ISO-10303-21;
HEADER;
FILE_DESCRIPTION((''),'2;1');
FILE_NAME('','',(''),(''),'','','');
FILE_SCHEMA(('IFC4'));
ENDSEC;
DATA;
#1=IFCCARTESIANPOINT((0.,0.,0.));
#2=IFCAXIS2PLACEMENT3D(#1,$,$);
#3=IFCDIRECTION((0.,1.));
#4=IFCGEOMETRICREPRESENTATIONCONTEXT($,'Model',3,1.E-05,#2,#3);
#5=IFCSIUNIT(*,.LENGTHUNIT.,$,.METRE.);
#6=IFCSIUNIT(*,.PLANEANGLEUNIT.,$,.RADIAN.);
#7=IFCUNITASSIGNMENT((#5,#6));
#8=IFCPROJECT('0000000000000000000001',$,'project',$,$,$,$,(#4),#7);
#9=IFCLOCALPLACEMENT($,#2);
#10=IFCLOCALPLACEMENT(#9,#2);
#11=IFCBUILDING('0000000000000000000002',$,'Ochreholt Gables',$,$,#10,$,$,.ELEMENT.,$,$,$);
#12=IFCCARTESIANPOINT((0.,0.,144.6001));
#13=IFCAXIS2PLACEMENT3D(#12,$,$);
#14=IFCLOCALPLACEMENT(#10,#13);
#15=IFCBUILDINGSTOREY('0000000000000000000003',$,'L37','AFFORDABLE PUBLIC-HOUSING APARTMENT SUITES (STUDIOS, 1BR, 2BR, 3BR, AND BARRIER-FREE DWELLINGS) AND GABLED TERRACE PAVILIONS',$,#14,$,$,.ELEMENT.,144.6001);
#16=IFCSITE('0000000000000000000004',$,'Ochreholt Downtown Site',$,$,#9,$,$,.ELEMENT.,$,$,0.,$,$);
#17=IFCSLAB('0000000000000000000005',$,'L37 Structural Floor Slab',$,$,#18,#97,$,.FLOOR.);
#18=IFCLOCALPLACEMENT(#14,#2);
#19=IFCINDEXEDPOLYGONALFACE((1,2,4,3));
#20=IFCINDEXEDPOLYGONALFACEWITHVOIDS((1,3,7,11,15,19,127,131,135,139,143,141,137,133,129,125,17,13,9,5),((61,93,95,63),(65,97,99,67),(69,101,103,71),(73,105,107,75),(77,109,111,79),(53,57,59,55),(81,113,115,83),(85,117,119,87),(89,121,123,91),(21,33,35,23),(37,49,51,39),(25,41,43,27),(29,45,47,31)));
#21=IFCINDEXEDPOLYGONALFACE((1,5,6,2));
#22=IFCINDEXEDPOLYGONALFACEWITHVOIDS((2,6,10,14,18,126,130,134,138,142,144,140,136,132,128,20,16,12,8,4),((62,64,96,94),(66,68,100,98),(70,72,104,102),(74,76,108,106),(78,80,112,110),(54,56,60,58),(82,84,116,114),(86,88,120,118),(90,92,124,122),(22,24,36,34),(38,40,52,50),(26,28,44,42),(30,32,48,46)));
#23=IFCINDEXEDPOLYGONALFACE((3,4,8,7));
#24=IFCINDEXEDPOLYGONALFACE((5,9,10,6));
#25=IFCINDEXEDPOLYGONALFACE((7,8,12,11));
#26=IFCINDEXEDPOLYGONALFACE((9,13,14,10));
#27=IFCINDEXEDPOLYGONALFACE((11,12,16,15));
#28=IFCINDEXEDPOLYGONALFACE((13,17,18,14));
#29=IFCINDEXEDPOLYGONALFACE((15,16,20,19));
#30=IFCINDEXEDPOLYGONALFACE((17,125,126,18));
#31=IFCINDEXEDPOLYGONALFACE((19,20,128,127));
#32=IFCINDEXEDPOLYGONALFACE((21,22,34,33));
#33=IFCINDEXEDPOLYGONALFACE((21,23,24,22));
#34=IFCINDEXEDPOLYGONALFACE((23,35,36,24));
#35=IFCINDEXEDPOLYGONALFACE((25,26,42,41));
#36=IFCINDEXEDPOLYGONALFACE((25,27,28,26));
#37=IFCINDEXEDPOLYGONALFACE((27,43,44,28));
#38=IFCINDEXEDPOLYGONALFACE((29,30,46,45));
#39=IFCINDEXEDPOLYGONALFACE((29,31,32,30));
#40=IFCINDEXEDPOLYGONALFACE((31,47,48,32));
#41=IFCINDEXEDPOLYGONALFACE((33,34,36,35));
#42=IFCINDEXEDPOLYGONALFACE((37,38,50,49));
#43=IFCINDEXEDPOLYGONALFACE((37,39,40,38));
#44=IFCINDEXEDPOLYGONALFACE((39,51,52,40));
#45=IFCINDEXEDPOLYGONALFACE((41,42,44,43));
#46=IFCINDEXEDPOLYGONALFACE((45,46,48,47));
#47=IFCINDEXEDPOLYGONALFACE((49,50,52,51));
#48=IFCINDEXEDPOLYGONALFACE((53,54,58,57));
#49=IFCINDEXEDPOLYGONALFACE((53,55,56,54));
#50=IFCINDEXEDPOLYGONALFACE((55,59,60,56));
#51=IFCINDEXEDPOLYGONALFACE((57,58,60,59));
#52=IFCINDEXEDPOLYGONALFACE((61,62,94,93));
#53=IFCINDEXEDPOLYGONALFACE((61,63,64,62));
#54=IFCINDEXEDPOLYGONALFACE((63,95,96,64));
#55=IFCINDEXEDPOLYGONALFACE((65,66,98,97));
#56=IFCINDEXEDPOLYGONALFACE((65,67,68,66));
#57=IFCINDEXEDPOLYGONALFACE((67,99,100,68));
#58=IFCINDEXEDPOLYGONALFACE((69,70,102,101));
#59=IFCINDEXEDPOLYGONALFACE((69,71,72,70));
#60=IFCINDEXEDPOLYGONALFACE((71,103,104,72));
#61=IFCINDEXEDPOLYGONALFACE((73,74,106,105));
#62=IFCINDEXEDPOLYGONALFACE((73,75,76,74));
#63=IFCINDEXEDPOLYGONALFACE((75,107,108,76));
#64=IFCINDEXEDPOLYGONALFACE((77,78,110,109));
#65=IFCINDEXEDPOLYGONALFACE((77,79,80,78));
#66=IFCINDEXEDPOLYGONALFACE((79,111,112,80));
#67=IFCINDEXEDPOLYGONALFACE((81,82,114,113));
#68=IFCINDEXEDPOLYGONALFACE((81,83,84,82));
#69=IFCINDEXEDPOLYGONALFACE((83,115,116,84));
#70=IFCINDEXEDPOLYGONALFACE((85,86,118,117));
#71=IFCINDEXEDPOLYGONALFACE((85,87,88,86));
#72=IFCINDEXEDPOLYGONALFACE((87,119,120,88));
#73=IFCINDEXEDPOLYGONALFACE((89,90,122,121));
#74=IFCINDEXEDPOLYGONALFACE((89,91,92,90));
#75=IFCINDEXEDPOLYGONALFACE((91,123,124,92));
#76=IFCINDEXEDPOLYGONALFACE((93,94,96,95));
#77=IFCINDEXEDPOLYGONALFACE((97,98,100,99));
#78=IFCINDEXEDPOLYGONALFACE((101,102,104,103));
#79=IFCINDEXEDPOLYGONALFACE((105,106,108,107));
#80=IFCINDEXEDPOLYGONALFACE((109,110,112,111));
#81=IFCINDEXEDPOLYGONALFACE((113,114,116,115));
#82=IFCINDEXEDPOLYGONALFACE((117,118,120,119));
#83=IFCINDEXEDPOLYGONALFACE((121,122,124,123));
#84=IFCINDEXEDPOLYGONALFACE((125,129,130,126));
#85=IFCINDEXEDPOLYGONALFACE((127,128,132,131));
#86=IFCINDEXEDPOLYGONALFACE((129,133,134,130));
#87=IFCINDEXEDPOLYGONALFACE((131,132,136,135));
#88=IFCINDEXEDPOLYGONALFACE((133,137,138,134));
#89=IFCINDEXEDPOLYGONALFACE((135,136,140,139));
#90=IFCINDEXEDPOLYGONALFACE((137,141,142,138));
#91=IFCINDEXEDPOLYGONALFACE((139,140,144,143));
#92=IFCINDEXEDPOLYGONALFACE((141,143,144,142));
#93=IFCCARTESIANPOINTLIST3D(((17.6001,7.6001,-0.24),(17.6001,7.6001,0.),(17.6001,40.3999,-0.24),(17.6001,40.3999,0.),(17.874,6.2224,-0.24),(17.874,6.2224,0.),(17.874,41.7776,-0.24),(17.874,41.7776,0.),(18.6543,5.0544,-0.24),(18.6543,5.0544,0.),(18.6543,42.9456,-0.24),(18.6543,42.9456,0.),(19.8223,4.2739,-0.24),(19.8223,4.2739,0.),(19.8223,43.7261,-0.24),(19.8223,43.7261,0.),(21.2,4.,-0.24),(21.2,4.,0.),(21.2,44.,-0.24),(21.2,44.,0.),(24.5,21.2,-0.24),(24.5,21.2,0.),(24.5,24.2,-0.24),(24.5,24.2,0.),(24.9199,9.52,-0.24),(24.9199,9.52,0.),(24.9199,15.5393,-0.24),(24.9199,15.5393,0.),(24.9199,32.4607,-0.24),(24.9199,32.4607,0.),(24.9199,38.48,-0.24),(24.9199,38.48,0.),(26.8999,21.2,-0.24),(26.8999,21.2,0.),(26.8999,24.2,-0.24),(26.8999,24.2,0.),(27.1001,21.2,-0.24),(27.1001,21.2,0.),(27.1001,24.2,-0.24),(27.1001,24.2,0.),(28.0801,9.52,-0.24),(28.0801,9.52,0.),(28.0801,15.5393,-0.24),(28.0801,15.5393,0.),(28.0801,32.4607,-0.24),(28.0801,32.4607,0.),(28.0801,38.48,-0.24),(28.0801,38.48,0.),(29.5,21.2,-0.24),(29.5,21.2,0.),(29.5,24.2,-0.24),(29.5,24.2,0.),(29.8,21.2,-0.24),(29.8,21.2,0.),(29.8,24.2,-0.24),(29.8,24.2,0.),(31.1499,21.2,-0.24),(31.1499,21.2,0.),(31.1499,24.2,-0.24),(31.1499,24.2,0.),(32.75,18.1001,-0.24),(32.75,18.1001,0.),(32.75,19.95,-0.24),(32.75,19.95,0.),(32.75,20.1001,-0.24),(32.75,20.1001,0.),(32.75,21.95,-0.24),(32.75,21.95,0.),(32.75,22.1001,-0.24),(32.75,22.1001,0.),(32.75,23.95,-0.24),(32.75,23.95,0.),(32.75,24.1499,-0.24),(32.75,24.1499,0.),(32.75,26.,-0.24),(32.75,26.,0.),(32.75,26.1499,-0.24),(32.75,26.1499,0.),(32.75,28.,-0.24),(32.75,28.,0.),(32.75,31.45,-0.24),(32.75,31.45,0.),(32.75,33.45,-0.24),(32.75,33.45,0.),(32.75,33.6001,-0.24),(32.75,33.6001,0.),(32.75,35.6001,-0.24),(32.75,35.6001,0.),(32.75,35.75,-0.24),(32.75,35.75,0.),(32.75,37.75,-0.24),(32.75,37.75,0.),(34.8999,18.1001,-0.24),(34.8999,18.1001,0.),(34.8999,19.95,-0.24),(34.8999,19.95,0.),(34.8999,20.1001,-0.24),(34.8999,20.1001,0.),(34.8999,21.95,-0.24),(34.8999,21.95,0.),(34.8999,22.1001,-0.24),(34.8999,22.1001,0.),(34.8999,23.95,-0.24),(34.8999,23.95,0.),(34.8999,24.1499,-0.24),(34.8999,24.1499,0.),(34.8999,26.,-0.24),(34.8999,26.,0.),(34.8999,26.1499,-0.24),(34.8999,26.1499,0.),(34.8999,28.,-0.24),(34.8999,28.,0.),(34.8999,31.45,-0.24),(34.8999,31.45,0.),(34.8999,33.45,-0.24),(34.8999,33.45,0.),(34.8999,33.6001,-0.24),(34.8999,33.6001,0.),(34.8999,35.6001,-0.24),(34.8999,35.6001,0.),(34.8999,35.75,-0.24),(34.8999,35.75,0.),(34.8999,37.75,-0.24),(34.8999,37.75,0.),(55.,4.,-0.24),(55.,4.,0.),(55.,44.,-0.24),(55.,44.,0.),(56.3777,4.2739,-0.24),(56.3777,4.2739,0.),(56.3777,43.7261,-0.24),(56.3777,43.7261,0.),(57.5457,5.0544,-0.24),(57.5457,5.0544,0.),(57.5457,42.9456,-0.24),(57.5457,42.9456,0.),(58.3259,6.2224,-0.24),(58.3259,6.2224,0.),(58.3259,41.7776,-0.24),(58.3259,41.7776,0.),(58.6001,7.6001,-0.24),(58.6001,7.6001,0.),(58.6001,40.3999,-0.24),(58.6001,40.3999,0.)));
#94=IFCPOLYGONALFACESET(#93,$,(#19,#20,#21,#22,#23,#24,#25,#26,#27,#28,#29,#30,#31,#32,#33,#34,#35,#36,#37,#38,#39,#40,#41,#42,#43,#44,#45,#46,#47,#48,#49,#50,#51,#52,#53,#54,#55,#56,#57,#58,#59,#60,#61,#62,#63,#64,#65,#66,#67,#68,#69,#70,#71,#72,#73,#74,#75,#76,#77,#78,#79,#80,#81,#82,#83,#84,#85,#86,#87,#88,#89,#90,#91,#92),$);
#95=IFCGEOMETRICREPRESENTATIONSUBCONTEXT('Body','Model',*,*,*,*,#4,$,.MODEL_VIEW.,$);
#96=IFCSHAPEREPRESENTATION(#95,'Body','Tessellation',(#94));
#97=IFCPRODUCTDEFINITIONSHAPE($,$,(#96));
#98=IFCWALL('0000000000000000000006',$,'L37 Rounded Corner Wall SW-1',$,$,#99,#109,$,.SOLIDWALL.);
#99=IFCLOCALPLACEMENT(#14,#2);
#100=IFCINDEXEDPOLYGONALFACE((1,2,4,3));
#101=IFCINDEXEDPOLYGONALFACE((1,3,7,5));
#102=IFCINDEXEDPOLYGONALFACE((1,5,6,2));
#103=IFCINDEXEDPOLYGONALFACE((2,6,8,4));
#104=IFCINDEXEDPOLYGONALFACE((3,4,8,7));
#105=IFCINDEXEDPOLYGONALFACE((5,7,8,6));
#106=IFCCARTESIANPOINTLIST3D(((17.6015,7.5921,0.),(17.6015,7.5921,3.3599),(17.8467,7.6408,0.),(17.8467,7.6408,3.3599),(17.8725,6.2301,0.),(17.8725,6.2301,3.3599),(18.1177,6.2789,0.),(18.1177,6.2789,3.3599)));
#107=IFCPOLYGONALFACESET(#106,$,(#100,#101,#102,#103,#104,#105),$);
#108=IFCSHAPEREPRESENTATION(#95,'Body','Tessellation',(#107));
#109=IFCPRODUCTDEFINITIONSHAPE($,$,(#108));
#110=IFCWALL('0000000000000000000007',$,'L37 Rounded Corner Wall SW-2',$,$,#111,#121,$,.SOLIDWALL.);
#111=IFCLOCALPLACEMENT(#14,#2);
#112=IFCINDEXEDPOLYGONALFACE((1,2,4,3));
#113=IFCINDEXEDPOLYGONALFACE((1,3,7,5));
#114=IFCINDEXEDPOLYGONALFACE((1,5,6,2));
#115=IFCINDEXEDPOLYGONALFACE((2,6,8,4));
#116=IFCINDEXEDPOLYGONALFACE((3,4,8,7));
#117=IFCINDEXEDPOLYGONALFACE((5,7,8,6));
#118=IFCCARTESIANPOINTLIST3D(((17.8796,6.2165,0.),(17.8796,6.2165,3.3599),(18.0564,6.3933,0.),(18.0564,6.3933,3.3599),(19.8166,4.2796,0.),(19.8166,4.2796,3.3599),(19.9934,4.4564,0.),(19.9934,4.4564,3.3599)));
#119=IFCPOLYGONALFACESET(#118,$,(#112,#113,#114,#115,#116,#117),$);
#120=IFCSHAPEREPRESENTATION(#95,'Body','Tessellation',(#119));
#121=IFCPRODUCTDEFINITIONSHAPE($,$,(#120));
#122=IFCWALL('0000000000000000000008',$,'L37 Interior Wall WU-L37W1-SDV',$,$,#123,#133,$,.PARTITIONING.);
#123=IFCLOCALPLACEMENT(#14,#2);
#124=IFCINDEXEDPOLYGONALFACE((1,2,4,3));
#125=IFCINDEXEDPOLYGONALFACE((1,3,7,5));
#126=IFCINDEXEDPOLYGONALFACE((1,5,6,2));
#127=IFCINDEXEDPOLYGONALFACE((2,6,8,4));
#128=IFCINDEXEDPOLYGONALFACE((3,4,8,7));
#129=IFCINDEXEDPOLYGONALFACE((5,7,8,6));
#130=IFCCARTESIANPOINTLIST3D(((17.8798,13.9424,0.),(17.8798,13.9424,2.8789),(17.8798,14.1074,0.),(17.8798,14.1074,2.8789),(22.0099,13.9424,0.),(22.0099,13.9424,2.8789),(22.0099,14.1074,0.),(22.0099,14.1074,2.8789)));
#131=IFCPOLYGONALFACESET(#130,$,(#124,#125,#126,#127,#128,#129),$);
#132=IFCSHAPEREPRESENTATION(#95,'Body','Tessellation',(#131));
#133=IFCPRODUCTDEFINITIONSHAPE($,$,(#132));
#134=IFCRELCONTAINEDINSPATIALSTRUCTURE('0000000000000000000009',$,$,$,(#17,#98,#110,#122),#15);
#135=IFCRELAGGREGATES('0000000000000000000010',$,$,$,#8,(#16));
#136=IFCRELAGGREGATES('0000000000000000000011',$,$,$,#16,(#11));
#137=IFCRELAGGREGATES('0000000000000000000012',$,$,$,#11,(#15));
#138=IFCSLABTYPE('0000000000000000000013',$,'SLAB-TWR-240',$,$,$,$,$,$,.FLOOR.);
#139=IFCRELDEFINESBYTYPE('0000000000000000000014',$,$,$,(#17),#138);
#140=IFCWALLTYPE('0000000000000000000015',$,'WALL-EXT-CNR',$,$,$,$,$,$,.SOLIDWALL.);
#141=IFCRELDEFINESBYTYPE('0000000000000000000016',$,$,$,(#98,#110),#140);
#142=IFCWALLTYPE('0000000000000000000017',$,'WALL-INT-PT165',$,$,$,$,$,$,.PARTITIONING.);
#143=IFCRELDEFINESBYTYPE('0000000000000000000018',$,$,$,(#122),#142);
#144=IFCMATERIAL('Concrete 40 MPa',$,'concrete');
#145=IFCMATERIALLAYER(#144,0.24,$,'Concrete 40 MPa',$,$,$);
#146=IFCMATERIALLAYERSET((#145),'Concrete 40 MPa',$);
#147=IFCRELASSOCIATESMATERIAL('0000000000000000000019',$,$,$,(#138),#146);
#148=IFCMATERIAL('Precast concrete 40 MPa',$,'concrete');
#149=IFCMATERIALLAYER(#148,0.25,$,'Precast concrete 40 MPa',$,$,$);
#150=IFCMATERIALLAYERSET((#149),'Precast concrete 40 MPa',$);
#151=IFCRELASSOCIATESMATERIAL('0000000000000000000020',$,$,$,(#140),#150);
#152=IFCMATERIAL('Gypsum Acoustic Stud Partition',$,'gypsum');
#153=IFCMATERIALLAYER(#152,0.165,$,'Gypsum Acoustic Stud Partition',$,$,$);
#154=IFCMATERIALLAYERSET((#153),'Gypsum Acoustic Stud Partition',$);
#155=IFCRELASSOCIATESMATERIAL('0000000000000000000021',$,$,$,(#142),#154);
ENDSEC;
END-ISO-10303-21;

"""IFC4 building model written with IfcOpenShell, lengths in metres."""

from ifc_helpers import new_model, si_unit, direction, frame, frame_2d, origin, place, context, subcontext, project, spatial, polyline, rectangle, outline, extrude, material, layer, layer_set, type_object, element, save


model = new_model("IFC4")

# Units and contexts
model_context = context("Model", 3, precision=1e-05, world=origin(), true_north=direction((0.0, 1.0)))
body_context = subcontext(model_context, "Body", "Model", "MODEL_VIEW")
ifc_project = project(units=[si_unit("LENGTHUNIT", "METRE"), si_unit("PLANEANGLEUNIT", "RADIAN")], contexts=[model_context])

# Site, building, storey
site_placement = place(None, origin())
site = spatial("IfcSite", under=ifc_project, at=site_placement, Name="Ochreholt Downtown Site", CompositionType="ELEMENT", RefElevation=0.0)
building_placement = place(site_placement, origin())
building = spatial("IfcBuilding", under=site, at=building_placement, Name="Ochreholt Gables", CompositionType="ELEMENT")
storey_placement = place(building_placement, frame((0.0, 0.0, 144.6001)))
storey = spatial("IfcBuildingStorey", under=building, at=storey_placement, Name="L37", Description="AFFORDABLE PUBLIC-HOUSING APARTMENT SUITES (STUDIOS, 1BR, 2BR, 3BR, AND BARRIER-FREE DWELLINGS) AND GABLED TERRACE PAVILIONS", CompositionType="ELEMENT", Elevation=144.6001)

# Shared definitions
ifc_material_1 = material(Name="Concrete 40 MPa", Category="concrete")

# Slab
ifc_layer_1 = layer(ifc_material_1, 0.24, Name="Concrete 40 MPa")
ifc_layer_set_1 = layer_set([ifc_layer_1], Name="Concrete 40 MPa")
slab_type_1 = type_object("IfcSlabType", Name="SLAB-TWR-240", PredefinedType="FLOOR", material=ifc_layer_set_1)
slab_1_placement = place(storey_placement, frame((0.0, 0.0, -0.24)))
element("IfcSlab", 1, at=slab_1_placement, inside=storey, type_object=slab_type_1, Name="L37 Structural Floor Slab", PredefinedType="FLOOR", context=body_context, shape_type="SweptSolid", body=[
    extrude(outline(polyline([(17.6001, 7.6001), (17.874, 6.2224), (18.6543, 5.0544), (19.8223, 4.2739), (21.2, 4.0), (55.0, 4.0), (56.3777, 4.2739), (57.5457, 5.0544), (58.3259, 6.2224), (58.6001, 7.6001), (58.6001, 40.3999), (58.3259, 41.7776), (57.5457, 42.9456), (56.3777, 43.7261), (55.0, 44.0), (21.2, 44.0), (19.8223, 43.7261), (18.6543, 42.9456), (17.874, 41.7776), (17.6001, 40.3999), (17.6001, 7.6001)]), holes=[polyline([(24.9199, 15.5393), (24.9199, 9.52), (28.0801, 9.52), (28.0801, 15.5393), (24.9199, 15.5393)]), polyline([(28.0801, 32.4607), (28.0801, 38.48), (24.9199, 38.48), (24.9199, 32.4607), (28.0801, 32.4607)]), polyline([(24.5, 21.2), (26.8999, 21.2), (26.8999, 24.2), (24.5, 24.2), (24.5, 21.2)]), polyline([(27.1001, 21.2), (29.5, 21.2), (29.5, 24.2), (27.1001, 24.2), (27.1001, 21.2)]), polyline([(32.75, 18.1001), (34.8999, 18.1001), (34.8999, 19.95), (32.75, 19.95), (32.75, 18.1001)]), polyline([(32.75, 20.1001), (34.8999, 20.1001), (34.8999, 21.95), (32.75, 21.95), (32.75, 20.1001)]), polyline([(32.75, 22.1001), (34.8999, 22.1001), (34.8999, 23.95), (32.75, 23.95), (32.75, 22.1001)]), polyline([(32.75, 24.1499), (34.8999, 24.1499), (34.8999, 26.0), (32.75, 26.0), (32.75, 24.1499)]), polyline([(32.75, 26.1499), (34.8999, 26.1499), (34.8999, 28.0), (32.75, 28.0), (32.75, 26.1499)]), polyline([(32.75, 31.45), (34.8999, 31.45), (34.8999, 33.45), (32.75, 33.45), (32.75, 31.45)]), polyline([(32.75, 33.6001), (34.8999, 33.6001), (34.8999, 35.6001), (32.75, 35.6001), (32.75, 33.6001)]), polyline([(32.75, 35.75), (34.8999, 35.75), (34.8999, 37.75), (32.75, 37.75), (32.75, 35.75)]), polyline([(29.8, 21.2), (31.1499, 21.2), (31.1499, 24.2), (29.8, 24.2), (29.8, 21.2)])]), origin(), (0.0, 0.0, 1.0), 0.24),
])

# Walls
ifc_material_2 = material(Name="Precast concrete 40 MPa", Category="concrete")
ifc_layer_2 = layer(ifc_material_2, 0.25, Name="Precast concrete 40 MPa")
ifc_layer_set_2 = layer_set([ifc_layer_2], Name="Precast concrete 40 MPa")
wall_type_1 = type_object("IfcWallType", Name="WALL-EXT-CNR", PredefinedType="SOLIDWALL", material=ifc_layer_set_2)
wall_1_placement = place(storey_placement, frame((17.7241, 7.6165, 0.0), z_axis=(0.0, 0.0, 1.0), x_axis=(0.195136, -0.980776, 0.0)))
element("IfcWall", 2, at=wall_1_placement, inside=storey, type_object=wall_type_1, Name="L37 Rounded Corner Wall SW-1", PredefinedType="SOLIDWALL", context=body_context, shape_type="SweptSolid", body=[
    extrude(rectangle(XDim=1.3887, YDim=0.25, at=frame_2d((0.6943, 0.0))), origin(), (0.0, 0.0, 1.0), 3.3599),
])
wall_2_placement = place(storey_placement, frame((17.968, 6.3049, 0.0), z_axis=(0.0, 0.0, 1.0), x_axis=(0.707107, -0.707107, 0.0)))
element("IfcWall", 3, at=wall_2_placement, inside=storey, type_object=wall_type_1, Name="L37 Rounded Corner Wall SW-2", PredefinedType="SOLIDWALL", context=body_context, shape_type="SweptSolid", body=[
    extrude(rectangle(XDim=2.7393, YDim=0.25, at=frame_2d((1.3696, 0.0))), origin(), (0.0, 0.0, 1.0), 3.3599),
])
ifc_material_3 = material(Name="Gypsum Acoustic Stud Partition", Category="gypsum")
ifc_layer_3 = layer(ifc_material_3, 0.165, Name="Gypsum Acoustic Stud Partition")
ifc_layer_set_3 = layer_set([ifc_layer_3], Name="Gypsum Acoustic Stud Partition")
wall_type_2 = type_object("IfcWallType", Name="WALL-INT-PT165", PredefinedType="PARTITIONING", material=ifc_layer_set_3)
wall_3_placement = place(storey_placement, frame((17.8799, 14.0249, 0.0), z_axis=(0.0, 0.0, 1.0), x_axis=(1.0, 0.0, 0.0)))
element("IfcWall", 4, at=wall_3_placement, inside=storey, type_object=wall_type_2, Name="L37 Interior Wall WU-L37W1-SDV", PredefinedType="PARTITIONING", context=body_context, shape_type="SweptSolid", body=[
    extrude(rectangle(XDim=4.1301, YDim=0.165, at=frame_2d((2.0649, 0.0))), origin(), (0.0, 0.0, 1.0), 2.8789),
])

save(model, "model.ifc")
